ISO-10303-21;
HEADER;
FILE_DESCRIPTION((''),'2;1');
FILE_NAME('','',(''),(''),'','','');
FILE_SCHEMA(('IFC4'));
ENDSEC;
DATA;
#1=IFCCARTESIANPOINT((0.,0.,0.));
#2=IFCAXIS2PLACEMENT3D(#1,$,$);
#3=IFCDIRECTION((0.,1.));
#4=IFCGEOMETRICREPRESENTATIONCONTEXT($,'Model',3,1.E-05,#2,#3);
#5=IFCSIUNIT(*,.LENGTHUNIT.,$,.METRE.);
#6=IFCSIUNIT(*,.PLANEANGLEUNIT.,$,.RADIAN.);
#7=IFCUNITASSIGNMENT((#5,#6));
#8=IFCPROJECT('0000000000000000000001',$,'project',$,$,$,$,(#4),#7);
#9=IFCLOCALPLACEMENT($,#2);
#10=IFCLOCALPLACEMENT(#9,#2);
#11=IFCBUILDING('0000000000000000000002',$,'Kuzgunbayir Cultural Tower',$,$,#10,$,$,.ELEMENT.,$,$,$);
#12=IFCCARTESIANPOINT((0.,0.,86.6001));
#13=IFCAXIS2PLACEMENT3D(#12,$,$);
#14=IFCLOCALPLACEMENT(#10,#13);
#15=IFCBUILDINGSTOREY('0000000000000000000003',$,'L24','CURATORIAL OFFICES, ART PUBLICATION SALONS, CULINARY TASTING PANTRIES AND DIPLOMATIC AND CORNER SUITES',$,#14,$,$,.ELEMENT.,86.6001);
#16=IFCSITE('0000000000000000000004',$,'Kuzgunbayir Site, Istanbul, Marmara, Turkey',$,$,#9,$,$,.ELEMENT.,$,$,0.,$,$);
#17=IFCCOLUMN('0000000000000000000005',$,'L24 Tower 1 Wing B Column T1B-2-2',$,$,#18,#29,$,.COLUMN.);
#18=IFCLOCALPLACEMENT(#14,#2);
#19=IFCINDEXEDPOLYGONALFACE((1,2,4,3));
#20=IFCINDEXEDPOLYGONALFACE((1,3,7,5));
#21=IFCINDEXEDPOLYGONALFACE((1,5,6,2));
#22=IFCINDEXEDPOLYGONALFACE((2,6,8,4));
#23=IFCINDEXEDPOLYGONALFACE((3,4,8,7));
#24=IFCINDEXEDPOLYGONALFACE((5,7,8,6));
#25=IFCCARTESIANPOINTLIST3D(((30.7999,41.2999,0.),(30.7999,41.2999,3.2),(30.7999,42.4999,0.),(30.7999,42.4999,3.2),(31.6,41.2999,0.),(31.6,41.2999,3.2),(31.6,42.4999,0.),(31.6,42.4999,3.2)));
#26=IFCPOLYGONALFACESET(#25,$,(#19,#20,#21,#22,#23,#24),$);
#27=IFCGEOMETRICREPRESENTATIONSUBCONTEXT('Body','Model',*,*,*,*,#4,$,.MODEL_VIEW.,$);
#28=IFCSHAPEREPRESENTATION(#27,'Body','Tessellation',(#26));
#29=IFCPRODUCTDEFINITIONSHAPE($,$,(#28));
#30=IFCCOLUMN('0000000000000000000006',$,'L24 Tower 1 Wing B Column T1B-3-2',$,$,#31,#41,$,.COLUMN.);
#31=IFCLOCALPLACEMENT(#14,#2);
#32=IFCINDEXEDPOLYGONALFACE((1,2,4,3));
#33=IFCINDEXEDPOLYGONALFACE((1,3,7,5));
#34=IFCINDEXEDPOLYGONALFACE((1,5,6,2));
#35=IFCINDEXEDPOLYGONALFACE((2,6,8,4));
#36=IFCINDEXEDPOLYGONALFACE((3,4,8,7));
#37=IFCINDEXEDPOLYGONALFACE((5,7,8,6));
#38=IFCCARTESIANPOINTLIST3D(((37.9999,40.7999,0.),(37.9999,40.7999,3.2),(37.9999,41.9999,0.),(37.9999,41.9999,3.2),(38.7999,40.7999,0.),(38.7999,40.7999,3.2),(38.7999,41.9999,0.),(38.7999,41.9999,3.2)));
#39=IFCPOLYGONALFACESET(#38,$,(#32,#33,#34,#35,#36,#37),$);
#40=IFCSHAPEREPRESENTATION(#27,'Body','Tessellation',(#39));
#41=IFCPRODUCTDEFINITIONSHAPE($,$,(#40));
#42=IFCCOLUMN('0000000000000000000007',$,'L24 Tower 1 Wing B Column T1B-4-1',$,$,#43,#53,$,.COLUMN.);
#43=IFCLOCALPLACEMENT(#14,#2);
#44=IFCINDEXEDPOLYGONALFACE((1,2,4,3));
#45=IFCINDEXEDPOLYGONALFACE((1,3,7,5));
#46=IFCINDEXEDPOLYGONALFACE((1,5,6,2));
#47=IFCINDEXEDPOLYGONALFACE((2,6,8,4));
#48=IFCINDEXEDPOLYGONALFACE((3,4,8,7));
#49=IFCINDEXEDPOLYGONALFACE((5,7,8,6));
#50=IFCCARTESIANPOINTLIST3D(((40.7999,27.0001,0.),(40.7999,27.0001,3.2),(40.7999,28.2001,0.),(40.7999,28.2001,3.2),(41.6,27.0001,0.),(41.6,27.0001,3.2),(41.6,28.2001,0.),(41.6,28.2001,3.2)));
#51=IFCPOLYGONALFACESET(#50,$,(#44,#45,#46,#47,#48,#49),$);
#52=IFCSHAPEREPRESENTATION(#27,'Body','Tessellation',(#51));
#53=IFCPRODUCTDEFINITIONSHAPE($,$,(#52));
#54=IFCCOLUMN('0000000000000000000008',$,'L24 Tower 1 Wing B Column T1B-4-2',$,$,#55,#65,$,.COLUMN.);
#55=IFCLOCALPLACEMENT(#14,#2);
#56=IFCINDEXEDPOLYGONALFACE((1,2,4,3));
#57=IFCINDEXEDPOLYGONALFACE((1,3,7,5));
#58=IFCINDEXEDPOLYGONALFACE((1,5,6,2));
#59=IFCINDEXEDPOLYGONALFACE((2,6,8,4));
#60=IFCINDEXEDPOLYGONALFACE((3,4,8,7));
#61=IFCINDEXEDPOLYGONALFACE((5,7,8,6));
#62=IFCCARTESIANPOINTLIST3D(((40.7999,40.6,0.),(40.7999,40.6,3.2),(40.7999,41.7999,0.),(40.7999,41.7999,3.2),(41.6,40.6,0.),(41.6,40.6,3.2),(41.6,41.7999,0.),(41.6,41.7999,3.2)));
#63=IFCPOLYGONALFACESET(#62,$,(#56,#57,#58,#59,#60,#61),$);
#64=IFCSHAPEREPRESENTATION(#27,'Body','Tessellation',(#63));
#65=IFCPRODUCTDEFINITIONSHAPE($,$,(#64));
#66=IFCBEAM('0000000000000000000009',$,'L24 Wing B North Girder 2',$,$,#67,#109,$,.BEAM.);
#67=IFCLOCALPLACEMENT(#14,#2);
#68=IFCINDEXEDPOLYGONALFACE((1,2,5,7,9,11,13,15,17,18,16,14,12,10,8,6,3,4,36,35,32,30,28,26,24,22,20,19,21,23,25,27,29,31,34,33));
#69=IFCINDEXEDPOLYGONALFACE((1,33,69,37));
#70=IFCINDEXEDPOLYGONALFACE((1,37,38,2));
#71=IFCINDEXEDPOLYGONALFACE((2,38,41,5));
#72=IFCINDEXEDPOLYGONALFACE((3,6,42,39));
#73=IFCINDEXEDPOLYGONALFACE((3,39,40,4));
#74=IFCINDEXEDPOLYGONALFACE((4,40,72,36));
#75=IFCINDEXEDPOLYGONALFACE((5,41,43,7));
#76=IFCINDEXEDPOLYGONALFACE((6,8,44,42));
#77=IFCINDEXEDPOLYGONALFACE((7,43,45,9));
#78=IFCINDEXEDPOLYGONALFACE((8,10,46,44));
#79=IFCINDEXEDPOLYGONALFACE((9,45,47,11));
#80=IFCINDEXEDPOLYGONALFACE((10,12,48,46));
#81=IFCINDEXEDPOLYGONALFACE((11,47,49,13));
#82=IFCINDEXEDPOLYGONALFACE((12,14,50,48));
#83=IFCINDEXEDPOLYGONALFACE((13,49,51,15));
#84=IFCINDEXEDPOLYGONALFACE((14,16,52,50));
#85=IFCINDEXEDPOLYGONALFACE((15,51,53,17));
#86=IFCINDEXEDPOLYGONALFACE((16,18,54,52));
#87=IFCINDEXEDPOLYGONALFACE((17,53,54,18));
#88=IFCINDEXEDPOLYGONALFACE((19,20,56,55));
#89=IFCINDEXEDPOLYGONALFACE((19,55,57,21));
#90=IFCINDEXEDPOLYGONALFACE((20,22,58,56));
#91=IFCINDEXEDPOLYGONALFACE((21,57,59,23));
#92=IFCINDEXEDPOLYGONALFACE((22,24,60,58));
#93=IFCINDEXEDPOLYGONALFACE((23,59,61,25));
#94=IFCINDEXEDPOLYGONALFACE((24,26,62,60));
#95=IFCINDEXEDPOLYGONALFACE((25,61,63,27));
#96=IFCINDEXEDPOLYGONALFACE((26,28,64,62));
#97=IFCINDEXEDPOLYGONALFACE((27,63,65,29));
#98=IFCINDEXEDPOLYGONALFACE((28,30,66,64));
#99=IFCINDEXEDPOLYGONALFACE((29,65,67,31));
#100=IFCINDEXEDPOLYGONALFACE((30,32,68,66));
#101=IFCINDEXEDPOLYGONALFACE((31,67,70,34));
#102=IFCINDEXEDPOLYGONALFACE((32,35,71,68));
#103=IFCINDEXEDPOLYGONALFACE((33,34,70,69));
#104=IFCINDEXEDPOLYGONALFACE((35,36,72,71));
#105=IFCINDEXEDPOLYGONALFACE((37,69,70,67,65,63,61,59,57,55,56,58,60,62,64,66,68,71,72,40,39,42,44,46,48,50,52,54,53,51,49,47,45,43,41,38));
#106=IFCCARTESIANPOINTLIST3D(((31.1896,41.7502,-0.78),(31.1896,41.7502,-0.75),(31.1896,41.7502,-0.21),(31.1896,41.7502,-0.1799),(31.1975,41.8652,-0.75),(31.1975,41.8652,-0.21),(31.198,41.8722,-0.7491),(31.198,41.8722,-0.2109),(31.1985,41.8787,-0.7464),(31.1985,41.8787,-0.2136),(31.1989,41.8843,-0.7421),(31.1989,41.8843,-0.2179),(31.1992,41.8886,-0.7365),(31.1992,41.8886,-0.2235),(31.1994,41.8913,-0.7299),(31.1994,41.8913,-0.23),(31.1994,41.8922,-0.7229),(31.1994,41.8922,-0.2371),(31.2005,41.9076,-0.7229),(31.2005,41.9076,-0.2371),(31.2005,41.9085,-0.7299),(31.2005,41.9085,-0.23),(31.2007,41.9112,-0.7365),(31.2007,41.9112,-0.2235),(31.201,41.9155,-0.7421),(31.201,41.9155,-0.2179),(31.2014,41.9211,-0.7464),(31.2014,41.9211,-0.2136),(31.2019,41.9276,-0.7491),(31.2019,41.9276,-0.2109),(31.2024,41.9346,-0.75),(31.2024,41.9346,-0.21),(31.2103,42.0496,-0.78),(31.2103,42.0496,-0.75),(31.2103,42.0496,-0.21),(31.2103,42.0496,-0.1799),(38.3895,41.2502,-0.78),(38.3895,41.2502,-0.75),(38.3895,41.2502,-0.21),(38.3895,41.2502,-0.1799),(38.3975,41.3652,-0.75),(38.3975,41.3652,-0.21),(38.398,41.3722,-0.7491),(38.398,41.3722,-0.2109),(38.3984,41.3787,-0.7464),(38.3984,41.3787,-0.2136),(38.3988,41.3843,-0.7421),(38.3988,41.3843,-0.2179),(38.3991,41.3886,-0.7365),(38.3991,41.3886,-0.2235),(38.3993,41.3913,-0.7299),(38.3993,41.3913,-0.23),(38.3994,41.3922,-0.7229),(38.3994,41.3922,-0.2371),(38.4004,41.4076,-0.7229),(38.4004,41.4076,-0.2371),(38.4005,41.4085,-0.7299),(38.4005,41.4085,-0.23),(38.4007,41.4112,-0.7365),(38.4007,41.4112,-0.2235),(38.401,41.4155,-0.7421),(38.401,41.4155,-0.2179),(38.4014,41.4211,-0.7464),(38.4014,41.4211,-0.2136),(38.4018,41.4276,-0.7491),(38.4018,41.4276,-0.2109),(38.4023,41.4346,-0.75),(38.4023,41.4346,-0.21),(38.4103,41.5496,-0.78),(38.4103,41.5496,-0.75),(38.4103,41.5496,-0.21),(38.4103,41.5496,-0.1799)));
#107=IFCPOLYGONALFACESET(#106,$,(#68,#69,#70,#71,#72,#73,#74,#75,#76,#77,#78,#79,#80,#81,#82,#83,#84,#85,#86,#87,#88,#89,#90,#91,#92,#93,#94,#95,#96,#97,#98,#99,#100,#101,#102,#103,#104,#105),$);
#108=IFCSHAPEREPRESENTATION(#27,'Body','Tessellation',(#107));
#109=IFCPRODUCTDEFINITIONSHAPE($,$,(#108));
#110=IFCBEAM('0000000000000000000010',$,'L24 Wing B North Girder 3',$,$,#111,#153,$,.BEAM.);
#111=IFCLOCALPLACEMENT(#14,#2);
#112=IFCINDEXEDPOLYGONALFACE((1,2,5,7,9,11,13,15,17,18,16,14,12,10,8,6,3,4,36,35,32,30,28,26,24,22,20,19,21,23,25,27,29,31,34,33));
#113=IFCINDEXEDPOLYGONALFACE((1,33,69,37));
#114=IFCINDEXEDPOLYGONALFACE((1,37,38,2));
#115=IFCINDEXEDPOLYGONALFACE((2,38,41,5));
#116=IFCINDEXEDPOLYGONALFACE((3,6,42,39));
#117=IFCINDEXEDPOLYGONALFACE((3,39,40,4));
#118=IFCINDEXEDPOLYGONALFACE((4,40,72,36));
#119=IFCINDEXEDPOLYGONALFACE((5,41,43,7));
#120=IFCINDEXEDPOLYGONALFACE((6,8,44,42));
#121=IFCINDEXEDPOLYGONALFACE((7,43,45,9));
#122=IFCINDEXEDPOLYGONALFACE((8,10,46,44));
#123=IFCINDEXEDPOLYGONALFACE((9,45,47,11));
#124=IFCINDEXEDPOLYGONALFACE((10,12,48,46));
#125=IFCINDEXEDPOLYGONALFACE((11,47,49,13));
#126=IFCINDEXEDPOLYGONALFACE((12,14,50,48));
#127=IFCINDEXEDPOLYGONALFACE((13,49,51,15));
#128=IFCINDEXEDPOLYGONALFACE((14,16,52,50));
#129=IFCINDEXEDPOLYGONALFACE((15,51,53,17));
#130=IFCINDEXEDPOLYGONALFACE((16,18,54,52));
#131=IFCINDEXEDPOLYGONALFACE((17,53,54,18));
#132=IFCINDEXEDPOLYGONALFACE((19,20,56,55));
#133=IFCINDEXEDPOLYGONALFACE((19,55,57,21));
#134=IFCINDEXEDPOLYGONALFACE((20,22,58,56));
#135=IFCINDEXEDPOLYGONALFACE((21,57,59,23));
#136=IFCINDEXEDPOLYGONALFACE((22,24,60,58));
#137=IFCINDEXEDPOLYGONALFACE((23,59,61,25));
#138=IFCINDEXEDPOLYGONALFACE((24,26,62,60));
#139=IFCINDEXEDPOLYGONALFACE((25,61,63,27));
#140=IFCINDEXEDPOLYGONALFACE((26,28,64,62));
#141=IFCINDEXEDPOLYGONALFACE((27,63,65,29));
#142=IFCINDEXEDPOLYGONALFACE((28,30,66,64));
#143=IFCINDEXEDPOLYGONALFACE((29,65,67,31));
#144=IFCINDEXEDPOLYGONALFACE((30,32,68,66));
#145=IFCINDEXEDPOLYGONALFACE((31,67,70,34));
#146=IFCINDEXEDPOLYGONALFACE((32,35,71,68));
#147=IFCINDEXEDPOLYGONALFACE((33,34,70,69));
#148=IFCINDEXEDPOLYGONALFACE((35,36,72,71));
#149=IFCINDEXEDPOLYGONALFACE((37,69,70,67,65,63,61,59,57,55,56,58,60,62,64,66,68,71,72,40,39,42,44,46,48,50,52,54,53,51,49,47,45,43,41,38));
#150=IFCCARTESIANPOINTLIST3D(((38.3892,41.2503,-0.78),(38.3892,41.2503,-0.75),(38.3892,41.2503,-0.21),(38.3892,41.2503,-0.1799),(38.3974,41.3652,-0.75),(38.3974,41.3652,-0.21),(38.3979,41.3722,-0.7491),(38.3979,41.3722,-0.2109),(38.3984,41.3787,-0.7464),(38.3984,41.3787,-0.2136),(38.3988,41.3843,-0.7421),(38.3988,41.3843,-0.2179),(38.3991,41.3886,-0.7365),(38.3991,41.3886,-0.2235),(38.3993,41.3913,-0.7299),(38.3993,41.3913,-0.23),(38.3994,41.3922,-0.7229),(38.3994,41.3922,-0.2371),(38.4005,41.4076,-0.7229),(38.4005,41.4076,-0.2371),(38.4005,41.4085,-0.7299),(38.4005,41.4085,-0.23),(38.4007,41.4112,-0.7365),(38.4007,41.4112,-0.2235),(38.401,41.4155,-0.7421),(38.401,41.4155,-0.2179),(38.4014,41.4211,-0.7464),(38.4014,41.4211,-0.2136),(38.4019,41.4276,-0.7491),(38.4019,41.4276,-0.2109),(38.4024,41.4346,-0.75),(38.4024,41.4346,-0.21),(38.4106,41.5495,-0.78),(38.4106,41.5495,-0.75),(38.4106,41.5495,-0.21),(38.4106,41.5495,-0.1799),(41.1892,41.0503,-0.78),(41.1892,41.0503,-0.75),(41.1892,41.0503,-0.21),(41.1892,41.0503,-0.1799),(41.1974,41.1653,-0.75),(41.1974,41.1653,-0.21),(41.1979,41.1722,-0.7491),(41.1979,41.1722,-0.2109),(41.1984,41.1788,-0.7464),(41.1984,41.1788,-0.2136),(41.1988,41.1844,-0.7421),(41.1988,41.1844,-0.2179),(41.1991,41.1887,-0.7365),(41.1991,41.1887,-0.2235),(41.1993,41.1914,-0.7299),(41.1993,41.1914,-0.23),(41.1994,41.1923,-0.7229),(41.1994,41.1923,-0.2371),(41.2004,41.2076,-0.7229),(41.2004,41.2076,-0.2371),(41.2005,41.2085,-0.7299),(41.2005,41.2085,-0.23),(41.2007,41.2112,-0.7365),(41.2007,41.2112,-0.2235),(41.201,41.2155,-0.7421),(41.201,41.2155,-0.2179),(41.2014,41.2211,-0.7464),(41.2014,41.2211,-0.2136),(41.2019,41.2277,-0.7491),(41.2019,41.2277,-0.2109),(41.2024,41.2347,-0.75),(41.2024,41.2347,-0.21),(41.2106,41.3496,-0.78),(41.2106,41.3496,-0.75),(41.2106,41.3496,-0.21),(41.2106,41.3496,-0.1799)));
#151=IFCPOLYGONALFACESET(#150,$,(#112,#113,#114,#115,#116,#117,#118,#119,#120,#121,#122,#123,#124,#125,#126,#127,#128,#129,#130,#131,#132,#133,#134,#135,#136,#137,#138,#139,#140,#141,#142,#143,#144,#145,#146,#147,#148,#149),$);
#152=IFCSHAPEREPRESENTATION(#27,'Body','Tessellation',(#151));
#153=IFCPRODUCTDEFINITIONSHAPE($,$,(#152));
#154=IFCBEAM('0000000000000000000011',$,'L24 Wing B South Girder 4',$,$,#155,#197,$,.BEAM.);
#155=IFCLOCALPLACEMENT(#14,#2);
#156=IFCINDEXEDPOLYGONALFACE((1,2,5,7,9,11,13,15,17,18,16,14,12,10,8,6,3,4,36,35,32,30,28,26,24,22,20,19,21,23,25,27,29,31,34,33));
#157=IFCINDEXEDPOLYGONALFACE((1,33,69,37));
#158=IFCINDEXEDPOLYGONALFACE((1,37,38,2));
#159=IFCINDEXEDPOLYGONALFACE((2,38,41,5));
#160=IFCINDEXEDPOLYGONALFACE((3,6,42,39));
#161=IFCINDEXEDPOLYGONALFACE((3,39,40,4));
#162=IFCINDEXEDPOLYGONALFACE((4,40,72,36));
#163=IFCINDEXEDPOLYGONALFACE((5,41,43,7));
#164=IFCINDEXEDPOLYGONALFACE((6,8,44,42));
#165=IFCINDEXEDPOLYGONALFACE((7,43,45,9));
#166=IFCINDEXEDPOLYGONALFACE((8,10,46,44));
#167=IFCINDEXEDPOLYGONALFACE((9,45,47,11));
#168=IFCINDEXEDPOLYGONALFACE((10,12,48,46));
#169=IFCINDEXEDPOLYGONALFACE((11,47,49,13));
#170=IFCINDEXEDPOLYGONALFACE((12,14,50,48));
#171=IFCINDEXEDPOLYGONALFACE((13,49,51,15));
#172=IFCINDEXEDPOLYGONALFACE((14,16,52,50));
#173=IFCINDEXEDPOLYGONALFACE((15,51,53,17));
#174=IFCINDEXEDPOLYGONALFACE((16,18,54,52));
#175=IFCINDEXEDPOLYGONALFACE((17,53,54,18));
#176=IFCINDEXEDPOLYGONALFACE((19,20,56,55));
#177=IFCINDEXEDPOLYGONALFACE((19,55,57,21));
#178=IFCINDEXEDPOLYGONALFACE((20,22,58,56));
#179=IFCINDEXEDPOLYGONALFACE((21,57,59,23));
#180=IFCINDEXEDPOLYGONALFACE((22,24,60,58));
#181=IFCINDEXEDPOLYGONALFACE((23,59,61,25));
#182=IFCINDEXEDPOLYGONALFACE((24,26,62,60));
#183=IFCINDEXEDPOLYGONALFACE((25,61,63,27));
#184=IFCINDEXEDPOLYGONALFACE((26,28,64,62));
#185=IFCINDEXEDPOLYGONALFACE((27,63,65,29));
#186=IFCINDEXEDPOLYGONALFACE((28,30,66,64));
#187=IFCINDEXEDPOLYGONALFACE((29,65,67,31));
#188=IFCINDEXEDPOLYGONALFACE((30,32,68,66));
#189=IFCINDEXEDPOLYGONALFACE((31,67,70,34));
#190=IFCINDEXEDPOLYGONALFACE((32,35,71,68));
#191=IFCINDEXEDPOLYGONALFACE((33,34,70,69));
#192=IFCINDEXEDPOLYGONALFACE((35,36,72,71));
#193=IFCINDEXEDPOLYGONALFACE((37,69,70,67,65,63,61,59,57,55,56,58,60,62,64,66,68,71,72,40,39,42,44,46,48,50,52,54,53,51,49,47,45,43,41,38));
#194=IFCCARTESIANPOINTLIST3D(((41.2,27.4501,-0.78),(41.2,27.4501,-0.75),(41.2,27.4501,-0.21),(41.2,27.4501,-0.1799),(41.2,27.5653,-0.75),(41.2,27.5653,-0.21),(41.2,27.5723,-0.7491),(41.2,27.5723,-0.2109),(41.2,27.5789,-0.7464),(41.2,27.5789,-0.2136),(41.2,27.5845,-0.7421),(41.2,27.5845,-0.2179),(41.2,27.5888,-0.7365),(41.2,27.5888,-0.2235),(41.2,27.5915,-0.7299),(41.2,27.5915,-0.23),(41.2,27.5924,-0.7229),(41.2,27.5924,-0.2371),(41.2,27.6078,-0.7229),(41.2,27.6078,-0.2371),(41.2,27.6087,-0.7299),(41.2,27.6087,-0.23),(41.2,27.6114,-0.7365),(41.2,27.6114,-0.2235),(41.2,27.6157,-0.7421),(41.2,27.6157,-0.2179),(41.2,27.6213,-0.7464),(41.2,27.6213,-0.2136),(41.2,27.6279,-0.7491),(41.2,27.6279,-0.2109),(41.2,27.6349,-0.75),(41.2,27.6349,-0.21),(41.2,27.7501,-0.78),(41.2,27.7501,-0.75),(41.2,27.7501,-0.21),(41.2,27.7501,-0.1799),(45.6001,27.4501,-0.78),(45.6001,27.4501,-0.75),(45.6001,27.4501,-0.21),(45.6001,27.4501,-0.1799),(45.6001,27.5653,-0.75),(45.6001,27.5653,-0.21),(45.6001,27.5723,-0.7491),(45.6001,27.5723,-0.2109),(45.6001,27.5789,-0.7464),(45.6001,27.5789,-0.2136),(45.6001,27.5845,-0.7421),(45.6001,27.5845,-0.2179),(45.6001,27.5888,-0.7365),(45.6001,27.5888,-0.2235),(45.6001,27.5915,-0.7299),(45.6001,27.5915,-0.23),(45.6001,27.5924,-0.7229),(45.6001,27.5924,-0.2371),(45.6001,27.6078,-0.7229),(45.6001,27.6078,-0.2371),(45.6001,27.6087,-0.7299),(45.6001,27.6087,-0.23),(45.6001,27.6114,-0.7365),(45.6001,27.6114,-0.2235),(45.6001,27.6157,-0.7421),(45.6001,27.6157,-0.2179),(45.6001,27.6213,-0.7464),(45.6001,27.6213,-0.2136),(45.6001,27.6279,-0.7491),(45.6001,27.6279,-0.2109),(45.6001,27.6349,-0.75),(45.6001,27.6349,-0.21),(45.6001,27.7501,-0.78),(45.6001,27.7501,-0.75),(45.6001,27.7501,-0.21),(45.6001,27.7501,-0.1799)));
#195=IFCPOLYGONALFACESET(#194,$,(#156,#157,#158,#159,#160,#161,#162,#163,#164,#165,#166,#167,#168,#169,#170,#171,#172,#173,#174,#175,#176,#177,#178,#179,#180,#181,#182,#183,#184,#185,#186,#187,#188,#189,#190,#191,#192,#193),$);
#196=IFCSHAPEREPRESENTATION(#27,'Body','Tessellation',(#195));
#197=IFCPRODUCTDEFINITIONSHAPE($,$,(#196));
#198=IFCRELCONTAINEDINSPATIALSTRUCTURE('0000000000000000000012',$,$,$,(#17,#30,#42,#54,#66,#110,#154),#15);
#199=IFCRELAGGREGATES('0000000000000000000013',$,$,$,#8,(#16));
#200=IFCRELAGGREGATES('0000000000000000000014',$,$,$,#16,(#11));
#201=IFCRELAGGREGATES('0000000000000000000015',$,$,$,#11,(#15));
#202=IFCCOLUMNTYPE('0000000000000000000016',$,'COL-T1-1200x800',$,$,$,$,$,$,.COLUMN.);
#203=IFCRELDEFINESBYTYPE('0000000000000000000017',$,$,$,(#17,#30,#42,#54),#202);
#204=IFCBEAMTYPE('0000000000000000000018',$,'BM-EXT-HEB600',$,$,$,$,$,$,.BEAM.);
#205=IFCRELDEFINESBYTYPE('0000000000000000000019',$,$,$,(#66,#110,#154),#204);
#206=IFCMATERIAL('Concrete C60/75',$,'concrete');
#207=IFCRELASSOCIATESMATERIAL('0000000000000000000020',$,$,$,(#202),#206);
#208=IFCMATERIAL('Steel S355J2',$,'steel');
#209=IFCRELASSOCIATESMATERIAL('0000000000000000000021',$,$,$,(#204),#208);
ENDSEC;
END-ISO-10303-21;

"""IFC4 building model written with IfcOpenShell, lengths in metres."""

from ifc_helpers import new_model, si_unit, direction, frame, origin, origin_2d, place, context, subcontext, project, spatial, rectangle, i_section, extrude, material, material_profile, profile_set, type_object, element, save


model = new_model("IFC4")

# Units and contexts
model_context = context("Model", 3, precision=1e-05, world=origin(), true_north=direction((0.0, 1.0)))
body_context = subcontext(model_context, "Body", "Model", "MODEL_VIEW")
ifc_project = project(units=[si_unit("LENGTHUNIT", "METRE"), si_unit("PLANEANGLEUNIT", "RADIAN")], contexts=[model_context])

# Site, building, storey
site_placement = place(None, origin())
site = spatial("IfcSite", under=ifc_project, at=site_placement, Name="Kuzgunbayir Site, Istanbul, Marmara, Turkey", CompositionType="ELEMENT", RefElevation=0.0)
building_placement = place(site_placement, origin())
building = spatial("IfcBuilding", under=site, at=building_placement, Name="Kuzgunbayir Cultural Tower", CompositionType="ELEMENT")
storey_placement = place(building_placement, frame((0.0, 0.0, 86.6001)))
storey = spatial("IfcBuildingStorey", under=building, at=storey_placement, Name="L24", Description="CURATORIAL OFFICES, ART PUBLICATION SALONS, CULINARY TASTING PANTRIES AND DIPLOMATIC AND CORNER SUITES", CompositionType="ELEMENT", Elevation=86.6001)

# Columns
ifc_material_1 = material(Name="Concrete C60/75", Category="concrete")
ifc_material_profile_1 = material_profile(ifc_material_1, rectangle(XDim=0.8, YDim=1.2, at=origin_2d()), Name="RC 1200x800")
ifc_profile_set_1 = profile_set([ifc_material_profile_1], Name="Concrete C60/75")
column_type = type_object("IfcColumnType", Name="COL-T1-1200x800", PredefinedType="COLUMN", material=ifc_profile_set_1)
for number, where, z_axis, x_axis, name in (
    (1, (31.2, 41.8999, 0.0), (0.0, 0.0, 1.0), (1.0, 0.0, 0.0), "L24 Tower 1 Wing B Column T1B-2-2"),
    (2, (38.3999, 41.3999, 0.0), (0.0, 0.0, 1.0), (1.0, 0.0, 0.0), "L24 Tower 1 Wing B Column T1B-3-2"),
    (3, (41.2, 27.6001, 0.0), (0.0, 0.0, 1.0), (1.0, 0.0, 0.0), "L24 Tower 1 Wing B Column T1B-4-1"),
    (4, (41.2, 41.2, 0.0), (0.0, 0.0, 1.0), (1.0, 0.0, 0.0), "L24 Tower 1 Wing B Column T1B-4-2"),
):
    element("IfcColumn", number, at=place(storey_placement, frame(where, z_axis=z_axis, x_axis=x_axis)), inside=storey, type_object=column_type, Name=name, PredefinedType="COLUMN", context=body_context, shape_type="SweptSolid", body=[
        extrude(rectangle(XDim=0.8, YDim=1.2, at=origin_2d()), origin(), (0.0, 0.0, 1.0), 3.2),
    ])

# Beams
ifc_material_2 = material(Name="Steel S355J2", Category="steel")
ifc_material_profile_2 = material_profile(ifc_material_2, i_section(OverallWidth=0.3, OverallDepth=0.6001, WebThickness=0.0154, FlangeThickness=0.03, FilletRadius=0.0271, at=origin_2d()), Name="HEB 600")
ifc_profile_set_2 = profile_set([ifc_material_profile_2], Name="Steel S355J2")
beam_type_1 = type_object("IfcBeamType", Name="BM-EXT-HEB600", PredefinedType="BEAM", material=ifc_profile_set_2)
beam_1_placement = place(storey_placement, frame((31.2, 41.8999, -0.48), z_axis=(0.997597, -0.069278, 0.0), x_axis=(0.069278, 0.997597, 0.0)))
element("IfcBeam", 5, at=beam_1_placement, inside=storey, type_object=beam_type_1, Name="L24 Wing B North Girder 2", PredefinedType="BEAM", context=body_context, shape_type="SweptSolid", body=[
    extrude(i_section(OverallWidth=0.3, OverallDepth=0.6001, WebThickness=0.0154, FlangeThickness=0.03, FilletRadius=0.0271, at=origin_2d()), origin(), (0.0, 0.0, 1.0), 7.2173),
])
beam_2_placement = place(storey_placement, frame((38.3999, 41.3999, -0.48), z_axis=(0.99746, -0.071229, 0.0), x_axis=(0.071229, 0.99746, 0.0)))
element("IfcBeam", 6, at=beam_2_placement, inside=storey, type_object=beam_type_1, Name="L24 Wing B North Girder 3", PredefinedType="BEAM", context=body_context, shape_type="SweptSolid", body=[
    extrude(i_section(OverallWidth=0.3, OverallDepth=0.6001, WebThickness=0.0154, FlangeThickness=0.03, FilletRadius=0.0271, at=origin_2d()), origin(), (0.0, 0.0, 1.0), 2.8071),
])
beam_3_placement = place(storey_placement, frame((41.2, 27.6001, -0.48), z_axis=(1.0, 0.0, 0.0), x_axis=(0.0, 1.0, 0.0)))
element("IfcBeam", 7, at=beam_3_placement, inside=storey, type_object=beam_type_1, Name="L24 Wing B South Girder 4", PredefinedType="BEAM", context=body_context, shape_type="SweptSolid", body=[
    extrude(i_section(OverallWidth=0.3, OverallDepth=0.6001, WebThickness=0.0154, FlangeThickness=0.03, FilletRadius=0.0271, at=origin_2d()), origin(), (0.0, 0.0, 1.0), 4.4001),
])

save(model, "model.ifc")
